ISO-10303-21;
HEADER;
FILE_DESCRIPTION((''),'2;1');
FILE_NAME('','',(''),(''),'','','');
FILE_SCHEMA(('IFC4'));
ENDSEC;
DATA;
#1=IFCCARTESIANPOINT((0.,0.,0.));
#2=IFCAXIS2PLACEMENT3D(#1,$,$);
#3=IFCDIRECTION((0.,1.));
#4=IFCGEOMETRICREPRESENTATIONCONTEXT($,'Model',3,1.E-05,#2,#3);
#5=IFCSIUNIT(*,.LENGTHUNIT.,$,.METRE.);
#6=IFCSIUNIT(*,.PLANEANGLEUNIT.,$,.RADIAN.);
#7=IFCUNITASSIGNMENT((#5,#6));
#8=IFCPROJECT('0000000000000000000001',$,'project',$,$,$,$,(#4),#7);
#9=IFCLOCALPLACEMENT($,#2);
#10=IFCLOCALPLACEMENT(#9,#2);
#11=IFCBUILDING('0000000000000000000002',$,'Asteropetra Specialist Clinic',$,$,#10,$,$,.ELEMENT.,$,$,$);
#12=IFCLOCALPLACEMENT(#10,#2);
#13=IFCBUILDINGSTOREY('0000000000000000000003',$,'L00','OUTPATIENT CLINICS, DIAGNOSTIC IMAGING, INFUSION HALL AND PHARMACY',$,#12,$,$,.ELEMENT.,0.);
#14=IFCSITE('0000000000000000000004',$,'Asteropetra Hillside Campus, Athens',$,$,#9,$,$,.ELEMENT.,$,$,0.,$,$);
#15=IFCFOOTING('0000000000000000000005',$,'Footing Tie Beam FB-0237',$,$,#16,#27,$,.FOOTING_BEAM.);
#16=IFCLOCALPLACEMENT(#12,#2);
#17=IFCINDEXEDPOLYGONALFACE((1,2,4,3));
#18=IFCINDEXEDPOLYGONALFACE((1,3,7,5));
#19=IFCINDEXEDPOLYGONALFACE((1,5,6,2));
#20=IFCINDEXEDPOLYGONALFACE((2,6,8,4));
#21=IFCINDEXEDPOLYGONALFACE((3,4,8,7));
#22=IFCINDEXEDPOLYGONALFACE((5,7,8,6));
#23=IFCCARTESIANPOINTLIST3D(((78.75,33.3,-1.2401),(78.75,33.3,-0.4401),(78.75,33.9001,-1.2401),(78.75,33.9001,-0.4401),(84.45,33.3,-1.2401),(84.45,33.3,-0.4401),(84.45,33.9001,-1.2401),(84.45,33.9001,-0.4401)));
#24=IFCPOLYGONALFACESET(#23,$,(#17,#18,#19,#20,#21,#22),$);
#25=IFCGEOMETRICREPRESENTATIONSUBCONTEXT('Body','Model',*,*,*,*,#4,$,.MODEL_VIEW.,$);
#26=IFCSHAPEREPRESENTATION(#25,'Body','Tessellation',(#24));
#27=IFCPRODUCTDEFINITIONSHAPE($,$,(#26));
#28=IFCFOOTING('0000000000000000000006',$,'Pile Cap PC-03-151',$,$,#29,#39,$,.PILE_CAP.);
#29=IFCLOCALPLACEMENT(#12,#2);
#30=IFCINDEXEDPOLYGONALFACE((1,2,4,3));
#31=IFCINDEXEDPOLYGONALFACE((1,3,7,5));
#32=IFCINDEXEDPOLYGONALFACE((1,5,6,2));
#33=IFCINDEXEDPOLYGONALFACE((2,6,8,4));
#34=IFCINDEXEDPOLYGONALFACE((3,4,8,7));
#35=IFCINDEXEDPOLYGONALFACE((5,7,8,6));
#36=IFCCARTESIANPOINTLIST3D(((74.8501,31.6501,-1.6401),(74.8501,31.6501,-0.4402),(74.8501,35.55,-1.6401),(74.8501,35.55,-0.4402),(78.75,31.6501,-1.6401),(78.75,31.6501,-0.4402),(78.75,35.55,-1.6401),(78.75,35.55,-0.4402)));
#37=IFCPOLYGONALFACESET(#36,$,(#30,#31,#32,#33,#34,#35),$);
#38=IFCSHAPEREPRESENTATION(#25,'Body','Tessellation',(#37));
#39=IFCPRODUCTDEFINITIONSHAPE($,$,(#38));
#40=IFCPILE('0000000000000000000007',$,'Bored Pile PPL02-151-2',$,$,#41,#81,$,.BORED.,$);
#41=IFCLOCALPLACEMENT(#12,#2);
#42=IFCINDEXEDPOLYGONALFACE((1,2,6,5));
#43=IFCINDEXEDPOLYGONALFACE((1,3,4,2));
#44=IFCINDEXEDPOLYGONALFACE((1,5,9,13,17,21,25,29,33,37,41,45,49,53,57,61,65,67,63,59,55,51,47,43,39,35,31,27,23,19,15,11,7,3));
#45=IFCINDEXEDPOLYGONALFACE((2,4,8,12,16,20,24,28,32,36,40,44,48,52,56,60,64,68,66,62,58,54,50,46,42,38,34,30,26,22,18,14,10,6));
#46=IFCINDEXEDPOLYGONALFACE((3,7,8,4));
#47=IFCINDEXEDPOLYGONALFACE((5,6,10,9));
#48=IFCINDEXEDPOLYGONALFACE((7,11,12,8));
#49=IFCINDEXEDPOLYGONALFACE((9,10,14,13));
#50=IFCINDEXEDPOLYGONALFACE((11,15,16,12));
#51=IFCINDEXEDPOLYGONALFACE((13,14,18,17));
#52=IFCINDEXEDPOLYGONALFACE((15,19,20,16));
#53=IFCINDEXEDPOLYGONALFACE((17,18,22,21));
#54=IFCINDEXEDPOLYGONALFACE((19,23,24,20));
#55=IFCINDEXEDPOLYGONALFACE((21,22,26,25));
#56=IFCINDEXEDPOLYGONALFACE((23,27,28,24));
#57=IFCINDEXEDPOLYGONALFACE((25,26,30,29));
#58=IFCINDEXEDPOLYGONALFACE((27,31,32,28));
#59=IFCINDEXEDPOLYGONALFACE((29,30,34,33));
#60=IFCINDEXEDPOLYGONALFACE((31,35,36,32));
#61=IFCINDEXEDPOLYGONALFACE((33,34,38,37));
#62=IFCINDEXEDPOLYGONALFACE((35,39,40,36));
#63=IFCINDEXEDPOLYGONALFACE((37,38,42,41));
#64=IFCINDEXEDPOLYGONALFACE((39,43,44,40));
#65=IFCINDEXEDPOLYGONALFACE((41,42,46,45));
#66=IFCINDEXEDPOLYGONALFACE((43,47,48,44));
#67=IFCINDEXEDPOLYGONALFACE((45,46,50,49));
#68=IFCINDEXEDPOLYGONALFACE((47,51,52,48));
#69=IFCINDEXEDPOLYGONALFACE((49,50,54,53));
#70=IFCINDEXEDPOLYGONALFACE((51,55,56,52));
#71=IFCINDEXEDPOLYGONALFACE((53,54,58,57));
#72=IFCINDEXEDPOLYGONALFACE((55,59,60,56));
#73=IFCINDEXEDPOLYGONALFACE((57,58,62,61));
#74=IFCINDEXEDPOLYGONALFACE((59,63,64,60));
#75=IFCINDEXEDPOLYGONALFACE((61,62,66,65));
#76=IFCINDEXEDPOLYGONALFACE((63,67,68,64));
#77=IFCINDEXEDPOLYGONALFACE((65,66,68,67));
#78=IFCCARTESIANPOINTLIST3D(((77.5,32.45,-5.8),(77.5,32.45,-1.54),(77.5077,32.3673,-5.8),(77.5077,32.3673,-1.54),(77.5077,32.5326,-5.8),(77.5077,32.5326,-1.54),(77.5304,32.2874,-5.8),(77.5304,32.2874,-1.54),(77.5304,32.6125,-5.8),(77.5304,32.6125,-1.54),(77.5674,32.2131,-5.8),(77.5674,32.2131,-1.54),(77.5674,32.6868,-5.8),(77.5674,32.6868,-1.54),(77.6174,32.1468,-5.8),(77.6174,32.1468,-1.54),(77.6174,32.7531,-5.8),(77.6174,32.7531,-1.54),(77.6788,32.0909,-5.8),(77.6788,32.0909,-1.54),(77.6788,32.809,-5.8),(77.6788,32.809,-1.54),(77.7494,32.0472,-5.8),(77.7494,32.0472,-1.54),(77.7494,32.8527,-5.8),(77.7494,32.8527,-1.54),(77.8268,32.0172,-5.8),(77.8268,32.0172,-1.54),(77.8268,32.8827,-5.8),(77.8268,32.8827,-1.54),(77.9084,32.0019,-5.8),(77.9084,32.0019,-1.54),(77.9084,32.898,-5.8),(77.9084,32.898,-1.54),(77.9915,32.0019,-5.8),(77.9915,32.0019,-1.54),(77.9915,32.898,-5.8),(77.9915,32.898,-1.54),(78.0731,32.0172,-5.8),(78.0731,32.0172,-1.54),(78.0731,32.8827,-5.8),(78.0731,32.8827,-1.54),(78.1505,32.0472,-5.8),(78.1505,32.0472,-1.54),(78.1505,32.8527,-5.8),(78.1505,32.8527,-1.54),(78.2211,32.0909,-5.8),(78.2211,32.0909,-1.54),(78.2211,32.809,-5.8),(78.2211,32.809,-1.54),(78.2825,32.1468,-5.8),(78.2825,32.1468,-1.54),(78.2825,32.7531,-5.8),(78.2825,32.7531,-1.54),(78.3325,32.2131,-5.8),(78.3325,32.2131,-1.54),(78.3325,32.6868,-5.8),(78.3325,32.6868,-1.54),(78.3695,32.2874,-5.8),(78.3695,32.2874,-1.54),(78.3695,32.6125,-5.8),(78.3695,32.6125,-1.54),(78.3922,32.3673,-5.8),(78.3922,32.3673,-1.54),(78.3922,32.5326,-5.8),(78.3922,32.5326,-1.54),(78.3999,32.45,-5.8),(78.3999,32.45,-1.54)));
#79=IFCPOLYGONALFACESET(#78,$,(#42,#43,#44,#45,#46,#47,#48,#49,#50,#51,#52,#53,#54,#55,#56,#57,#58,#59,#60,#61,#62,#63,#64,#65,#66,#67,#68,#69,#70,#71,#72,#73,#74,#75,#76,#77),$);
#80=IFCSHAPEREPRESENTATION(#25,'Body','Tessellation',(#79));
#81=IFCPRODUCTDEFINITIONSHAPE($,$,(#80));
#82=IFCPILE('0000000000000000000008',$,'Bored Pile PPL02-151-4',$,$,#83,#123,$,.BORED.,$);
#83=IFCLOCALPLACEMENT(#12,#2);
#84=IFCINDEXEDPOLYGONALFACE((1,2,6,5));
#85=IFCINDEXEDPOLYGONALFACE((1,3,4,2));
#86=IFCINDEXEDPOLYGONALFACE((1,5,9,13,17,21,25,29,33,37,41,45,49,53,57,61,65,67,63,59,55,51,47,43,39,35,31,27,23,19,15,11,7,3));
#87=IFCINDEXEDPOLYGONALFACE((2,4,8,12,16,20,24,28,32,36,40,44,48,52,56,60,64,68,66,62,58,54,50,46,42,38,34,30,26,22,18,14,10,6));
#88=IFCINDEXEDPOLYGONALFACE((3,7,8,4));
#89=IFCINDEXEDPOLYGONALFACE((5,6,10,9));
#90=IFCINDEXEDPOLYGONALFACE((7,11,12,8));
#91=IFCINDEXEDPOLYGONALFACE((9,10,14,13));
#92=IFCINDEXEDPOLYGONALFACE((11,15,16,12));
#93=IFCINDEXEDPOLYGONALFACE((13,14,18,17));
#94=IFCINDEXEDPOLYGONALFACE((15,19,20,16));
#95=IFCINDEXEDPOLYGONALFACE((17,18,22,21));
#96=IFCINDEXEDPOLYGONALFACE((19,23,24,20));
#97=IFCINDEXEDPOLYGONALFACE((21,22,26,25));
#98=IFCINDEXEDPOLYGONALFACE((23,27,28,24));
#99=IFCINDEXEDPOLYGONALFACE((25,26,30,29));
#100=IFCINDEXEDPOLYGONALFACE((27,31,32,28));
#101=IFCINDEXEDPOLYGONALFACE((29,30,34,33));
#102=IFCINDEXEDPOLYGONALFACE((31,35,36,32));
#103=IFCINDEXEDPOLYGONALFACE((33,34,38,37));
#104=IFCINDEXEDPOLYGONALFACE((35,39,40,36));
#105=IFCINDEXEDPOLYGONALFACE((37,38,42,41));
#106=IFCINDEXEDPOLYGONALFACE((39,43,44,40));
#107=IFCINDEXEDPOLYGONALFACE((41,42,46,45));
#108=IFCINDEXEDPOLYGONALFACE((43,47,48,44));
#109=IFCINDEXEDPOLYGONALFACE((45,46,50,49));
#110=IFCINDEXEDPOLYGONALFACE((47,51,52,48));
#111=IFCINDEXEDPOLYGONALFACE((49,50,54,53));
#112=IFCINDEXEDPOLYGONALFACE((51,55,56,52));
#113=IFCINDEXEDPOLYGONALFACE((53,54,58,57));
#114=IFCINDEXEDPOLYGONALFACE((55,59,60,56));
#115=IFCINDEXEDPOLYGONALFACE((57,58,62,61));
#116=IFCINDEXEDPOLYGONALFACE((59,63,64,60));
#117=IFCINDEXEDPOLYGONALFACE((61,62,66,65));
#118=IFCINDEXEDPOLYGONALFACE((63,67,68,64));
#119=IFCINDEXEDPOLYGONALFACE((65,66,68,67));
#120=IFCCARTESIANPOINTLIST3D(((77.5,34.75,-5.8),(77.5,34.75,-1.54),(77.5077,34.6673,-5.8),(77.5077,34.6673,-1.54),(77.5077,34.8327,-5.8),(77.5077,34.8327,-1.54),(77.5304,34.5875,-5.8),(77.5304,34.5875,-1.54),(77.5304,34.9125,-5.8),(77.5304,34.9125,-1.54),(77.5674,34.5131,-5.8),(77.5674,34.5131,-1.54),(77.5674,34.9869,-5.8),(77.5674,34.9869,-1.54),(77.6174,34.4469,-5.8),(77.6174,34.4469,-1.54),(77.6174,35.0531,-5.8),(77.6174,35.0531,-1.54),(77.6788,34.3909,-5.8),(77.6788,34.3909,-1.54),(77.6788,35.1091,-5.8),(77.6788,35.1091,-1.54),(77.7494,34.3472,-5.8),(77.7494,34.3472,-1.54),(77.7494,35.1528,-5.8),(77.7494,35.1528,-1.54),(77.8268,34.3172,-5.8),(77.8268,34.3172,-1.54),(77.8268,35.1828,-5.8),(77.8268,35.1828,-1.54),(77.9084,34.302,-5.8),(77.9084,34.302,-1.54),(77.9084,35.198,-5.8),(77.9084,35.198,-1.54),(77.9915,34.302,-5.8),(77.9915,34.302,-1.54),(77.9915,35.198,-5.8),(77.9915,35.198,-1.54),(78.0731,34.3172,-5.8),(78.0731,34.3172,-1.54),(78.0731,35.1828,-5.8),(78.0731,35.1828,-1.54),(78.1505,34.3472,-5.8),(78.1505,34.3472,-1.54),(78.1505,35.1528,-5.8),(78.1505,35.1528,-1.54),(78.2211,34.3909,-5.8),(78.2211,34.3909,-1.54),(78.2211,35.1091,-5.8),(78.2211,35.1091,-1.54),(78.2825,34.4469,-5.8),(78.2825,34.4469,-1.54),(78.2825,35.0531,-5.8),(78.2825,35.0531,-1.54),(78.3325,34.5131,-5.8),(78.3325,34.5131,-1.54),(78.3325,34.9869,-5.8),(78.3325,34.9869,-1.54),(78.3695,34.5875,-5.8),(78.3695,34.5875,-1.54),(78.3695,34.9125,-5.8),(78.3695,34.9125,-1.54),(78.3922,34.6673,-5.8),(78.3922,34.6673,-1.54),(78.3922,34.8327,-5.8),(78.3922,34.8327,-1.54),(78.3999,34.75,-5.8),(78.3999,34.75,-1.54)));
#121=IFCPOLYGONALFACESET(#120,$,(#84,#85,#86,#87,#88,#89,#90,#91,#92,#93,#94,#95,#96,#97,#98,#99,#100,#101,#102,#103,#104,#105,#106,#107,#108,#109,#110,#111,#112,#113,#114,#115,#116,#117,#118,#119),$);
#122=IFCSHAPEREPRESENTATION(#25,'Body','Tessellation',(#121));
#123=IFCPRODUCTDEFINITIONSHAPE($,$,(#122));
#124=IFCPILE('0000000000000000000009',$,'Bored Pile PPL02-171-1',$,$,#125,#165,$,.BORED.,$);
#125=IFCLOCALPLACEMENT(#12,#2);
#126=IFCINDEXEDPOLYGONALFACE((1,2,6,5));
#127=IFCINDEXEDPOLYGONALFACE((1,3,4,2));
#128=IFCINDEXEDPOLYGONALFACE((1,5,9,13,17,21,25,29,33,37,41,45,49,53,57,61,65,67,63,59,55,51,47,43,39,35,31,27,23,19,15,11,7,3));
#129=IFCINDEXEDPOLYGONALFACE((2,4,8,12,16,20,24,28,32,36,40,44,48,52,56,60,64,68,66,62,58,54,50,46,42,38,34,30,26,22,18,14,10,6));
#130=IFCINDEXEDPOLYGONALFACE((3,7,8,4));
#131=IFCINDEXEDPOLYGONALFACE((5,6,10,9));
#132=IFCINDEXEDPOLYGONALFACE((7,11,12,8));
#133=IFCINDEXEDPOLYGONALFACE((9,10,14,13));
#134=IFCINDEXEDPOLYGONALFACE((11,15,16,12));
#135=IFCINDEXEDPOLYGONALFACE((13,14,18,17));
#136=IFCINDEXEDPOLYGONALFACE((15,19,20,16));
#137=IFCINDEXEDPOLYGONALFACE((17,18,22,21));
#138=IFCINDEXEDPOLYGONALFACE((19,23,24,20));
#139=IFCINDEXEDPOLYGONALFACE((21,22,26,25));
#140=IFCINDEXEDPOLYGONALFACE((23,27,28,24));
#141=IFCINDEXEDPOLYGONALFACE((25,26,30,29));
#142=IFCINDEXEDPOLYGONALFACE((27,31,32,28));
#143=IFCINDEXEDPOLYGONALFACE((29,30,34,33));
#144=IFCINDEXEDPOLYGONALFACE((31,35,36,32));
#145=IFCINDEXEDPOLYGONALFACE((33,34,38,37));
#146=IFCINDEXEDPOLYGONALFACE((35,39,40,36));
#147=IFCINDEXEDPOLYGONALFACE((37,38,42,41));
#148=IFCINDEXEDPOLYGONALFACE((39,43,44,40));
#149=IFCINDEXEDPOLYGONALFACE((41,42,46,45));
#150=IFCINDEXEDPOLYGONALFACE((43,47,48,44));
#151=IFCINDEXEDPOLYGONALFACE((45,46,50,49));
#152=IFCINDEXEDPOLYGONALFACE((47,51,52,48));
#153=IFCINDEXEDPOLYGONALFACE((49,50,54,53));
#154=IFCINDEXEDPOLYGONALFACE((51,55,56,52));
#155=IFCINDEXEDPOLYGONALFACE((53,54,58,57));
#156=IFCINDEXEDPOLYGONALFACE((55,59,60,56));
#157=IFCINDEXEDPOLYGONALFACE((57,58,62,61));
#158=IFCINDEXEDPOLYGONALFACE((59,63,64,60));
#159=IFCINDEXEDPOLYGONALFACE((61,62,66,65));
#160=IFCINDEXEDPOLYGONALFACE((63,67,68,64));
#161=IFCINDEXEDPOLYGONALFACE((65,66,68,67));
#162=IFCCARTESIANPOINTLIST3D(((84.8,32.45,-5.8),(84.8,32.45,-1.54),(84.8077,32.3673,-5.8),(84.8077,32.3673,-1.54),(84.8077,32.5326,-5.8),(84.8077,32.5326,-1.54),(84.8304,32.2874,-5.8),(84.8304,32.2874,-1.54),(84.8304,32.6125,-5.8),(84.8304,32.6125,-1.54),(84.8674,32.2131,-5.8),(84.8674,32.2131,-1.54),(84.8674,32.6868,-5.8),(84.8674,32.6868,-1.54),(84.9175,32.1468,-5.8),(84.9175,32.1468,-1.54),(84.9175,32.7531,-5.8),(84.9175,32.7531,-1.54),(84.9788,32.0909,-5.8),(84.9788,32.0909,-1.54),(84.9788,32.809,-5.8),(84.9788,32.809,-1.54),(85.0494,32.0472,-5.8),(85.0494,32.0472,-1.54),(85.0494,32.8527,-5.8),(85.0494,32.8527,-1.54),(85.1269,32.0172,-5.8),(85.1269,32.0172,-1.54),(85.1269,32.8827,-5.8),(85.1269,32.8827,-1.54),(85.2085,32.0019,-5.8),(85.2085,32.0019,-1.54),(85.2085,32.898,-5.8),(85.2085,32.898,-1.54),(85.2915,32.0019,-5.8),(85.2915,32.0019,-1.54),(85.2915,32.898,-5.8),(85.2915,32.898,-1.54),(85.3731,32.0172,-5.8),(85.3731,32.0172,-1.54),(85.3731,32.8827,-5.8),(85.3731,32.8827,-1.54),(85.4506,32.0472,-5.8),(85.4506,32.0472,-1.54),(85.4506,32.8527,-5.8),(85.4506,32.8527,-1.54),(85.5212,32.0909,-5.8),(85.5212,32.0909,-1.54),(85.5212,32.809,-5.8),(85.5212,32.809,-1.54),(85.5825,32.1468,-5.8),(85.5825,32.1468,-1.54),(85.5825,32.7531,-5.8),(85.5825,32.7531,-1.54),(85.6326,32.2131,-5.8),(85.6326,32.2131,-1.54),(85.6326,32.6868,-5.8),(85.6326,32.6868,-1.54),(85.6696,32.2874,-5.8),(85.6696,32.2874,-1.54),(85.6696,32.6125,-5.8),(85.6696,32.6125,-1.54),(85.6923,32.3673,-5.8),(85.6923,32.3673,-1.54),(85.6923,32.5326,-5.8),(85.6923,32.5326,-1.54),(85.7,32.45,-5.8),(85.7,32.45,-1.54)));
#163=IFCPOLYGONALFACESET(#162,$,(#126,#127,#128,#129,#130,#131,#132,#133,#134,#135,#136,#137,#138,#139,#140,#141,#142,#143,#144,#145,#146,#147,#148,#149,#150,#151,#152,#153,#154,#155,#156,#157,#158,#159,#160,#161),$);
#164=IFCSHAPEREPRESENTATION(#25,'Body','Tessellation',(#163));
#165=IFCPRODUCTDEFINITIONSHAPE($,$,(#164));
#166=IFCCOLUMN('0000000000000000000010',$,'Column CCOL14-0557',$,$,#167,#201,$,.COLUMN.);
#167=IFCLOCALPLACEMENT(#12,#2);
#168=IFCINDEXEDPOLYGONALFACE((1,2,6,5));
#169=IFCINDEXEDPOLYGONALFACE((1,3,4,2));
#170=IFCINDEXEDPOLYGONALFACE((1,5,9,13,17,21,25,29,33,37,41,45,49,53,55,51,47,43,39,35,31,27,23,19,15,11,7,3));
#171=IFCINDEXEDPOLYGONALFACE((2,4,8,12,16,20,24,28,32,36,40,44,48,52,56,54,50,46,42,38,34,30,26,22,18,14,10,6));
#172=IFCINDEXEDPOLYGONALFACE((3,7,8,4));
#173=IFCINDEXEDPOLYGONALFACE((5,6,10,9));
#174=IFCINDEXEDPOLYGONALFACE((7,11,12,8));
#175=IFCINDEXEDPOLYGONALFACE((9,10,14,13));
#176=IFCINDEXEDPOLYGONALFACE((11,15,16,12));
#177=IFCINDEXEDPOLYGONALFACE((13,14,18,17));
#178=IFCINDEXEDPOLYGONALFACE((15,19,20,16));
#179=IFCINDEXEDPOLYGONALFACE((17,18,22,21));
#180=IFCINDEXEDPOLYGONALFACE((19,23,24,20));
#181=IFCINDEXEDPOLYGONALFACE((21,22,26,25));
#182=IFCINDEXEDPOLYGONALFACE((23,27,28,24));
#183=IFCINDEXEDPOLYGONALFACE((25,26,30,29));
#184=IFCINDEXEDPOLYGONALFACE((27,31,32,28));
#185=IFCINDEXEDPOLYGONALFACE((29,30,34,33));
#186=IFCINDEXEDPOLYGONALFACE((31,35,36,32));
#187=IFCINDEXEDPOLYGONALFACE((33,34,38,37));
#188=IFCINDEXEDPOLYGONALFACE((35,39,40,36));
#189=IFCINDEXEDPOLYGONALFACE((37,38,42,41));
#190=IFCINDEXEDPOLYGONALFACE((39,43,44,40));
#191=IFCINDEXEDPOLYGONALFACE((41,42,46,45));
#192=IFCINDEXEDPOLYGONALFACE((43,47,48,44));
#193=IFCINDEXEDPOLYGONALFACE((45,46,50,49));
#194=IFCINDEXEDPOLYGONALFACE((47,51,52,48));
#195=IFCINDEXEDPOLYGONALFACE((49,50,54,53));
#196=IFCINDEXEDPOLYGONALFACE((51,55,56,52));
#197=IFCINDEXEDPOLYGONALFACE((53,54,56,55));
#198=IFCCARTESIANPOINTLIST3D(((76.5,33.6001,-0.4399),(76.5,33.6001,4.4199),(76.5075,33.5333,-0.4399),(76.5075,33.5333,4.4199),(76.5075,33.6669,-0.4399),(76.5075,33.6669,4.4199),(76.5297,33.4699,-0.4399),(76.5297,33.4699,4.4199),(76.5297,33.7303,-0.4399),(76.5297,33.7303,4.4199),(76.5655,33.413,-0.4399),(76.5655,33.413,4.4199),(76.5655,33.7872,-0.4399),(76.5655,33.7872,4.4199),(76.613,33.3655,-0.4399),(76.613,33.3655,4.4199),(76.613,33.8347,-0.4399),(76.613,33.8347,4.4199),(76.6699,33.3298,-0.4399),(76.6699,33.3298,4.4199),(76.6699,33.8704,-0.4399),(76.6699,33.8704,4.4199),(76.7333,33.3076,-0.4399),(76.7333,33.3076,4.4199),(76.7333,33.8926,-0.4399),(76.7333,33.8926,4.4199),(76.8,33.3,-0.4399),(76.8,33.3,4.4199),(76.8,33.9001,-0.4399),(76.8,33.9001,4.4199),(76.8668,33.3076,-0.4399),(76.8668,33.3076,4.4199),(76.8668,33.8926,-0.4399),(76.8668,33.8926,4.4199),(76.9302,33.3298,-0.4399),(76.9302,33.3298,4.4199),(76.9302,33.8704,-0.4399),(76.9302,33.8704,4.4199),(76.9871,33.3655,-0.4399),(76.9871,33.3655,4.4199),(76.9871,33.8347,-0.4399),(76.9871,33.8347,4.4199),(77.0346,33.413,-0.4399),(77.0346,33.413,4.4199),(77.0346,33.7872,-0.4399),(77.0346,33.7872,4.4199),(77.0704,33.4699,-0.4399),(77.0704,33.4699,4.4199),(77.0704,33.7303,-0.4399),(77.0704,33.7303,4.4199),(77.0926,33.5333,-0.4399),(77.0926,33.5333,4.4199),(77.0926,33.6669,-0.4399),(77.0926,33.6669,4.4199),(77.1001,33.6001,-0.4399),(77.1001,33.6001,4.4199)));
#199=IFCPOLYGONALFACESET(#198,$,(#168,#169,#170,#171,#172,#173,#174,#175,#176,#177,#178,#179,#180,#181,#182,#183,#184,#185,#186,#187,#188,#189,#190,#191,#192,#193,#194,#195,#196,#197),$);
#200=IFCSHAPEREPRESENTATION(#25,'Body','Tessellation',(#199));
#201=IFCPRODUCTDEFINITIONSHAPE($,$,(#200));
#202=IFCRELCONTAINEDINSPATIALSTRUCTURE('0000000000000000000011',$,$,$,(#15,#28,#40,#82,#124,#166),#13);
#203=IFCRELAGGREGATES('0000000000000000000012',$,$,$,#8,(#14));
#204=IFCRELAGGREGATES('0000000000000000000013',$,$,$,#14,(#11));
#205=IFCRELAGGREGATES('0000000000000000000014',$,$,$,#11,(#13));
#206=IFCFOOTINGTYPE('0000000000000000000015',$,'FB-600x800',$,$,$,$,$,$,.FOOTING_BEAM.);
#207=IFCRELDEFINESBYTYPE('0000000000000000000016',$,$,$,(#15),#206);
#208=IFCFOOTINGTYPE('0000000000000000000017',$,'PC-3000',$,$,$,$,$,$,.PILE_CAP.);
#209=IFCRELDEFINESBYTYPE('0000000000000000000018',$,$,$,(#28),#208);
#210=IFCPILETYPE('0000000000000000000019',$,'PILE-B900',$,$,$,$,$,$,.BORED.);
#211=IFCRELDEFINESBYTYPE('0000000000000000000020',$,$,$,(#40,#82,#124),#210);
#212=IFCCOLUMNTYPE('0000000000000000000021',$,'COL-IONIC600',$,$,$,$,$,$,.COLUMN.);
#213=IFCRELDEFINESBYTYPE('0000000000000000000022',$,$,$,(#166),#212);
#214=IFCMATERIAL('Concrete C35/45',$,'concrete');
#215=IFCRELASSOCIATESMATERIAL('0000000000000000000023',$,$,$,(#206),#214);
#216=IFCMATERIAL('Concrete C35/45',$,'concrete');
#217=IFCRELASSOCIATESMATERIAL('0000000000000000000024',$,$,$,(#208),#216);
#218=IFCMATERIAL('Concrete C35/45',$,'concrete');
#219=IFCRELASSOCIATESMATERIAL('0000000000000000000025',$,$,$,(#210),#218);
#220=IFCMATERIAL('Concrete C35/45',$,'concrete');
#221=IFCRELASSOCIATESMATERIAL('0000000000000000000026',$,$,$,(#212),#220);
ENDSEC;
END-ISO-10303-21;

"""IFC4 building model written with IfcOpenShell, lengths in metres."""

from ifc_helpers import new_model, si_unit, direction, frame, origin, origin_2d, place, context, subcontext, project, spatial, rectangle, circle, extrude, material, material_profile, profile_set, type_object, element, save


model = new_model("IFC4")

# Units and contexts
model_context = context("Model", 3, precision=1e-05, world=origin(), true_north=direction((0.0, 1.0)))
body_context = subcontext(model_context, "Body", "Model", "MODEL_VIEW")
ifc_project = project(units=[si_unit("LENGTHUNIT", "METRE"), si_unit("PLANEANGLEUNIT", "RADIAN")], contexts=[model_context])

# Site, building, storey
site_placement = place(None, origin())
site = spatial("IfcSite", under=ifc_project, at=site_placement, Name="Asteropetra Hillside Campus, Athens", CompositionType="ELEMENT", RefElevation=0.0)
building_placement = place(site_placement, origin())
building = spatial("IfcBuilding", under=site, at=building_placement, Name="Asteropetra Specialist Clinic", CompositionType="ELEMENT")
storey_placement = place(building_placement, origin())
storey = spatial("IfcBuildingStorey", under=building, at=storey_placement, Name="L00", Description="OUTPATIENT CLINICS, DIAGNOSTIC IMAGING, INFUSION HALL AND PHARMACY", CompositionType="ELEMENT", Elevation=0.0)

# Footings
ifc_material_1 = material(Name="Concrete C35/45", Category="concrete")
ifc_material_profile_1 = material_profile(ifc_material_1, rectangle(XDim=0.6001, YDim=0.8, at=origin_2d()), Name="FB 600x800")
ifc_profile_set_1 = profile_set([ifc_material_profile_1], Name="Concrete C35/45")
footing_type_1 = type_object("IfcFootingType", Name="FB-600x800", PredefinedType="FOOTING_BEAM", material=ifc_profile_set_1)
footing_1_placement = place(storey_placement, frame((78.75, 33.6001, -0.8401), z_axis=(1.0, 0.0, 0.0), x_axis=(0.0, 1.0, 0.0)))
element("IfcFooting", 1, at=footing_1_placement, inside=storey, type_object=footing_type_1, Name="Footing Tie Beam FB-0237", PredefinedType="FOOTING_BEAM", context=body_context, shape_type="SweptSolid", body=[
    extrude(rectangle(XDim=0.6001, YDim=0.8, at=origin_2d()), origin(), (0.0, 0.0, 1.0), 5.7),
])
ifc_material_2 = material(Name="Concrete C35/45", Category="concrete")
footing_type_2 = type_object("IfcFootingType", Name="PC-3000", PredefinedType="PILE_CAP", material=ifc_material_2)
footing_2_placement = place(storey_placement, frame((76.8, 33.6001, -1.6401), z_axis=(0.0, 0.0, 1.0), x_axis=(1.0, 0.0, 0.0)))
element("IfcFooting", 2, at=footing_2_placement, inside=storey, type_object=footing_type_2, Name="Pile Cap PC-03-151", PredefinedType="PILE_CAP", context=body_context, shape_type="SweptSolid", body=[
    extrude(rectangle(XDim=3.8999, YDim=3.8999, at=origin_2d()), origin(), (0.0, 0.0, 1.0), 1.2),
])

# Piles
ifc_material_3 = material(Name="Concrete C35/45", Category="concrete")
ifc_material_profile_2 = material_profile(ifc_material_3, circle(Radius=0.45, at=origin_2d()), Name="PILE D900")
ifc_profile_set_2 = profile_set([ifc_material_profile_2], Name="Concrete C35/45")
pile_type = type_object("IfcPileType", Name="PILE-B900", PredefinedType="BORED", material=ifc_profile_set_2)
for number, where, z_axis, x_axis, name in (
    (3, (77.95, 32.45, -1.54), (0.0, 0.0, -1.0), (1.0, 0.0, 0.0), "Bored Pile PPL02-151-2"),
    (4, (77.95, 34.75, -1.54), (0.0, 0.0, -1.0), (1.0, 0.0, 0.0), "Bored Pile PPL02-151-4"),
    (5, (85.25, 32.45, -1.54), (0.0, 0.0, -1.0), (1.0, 0.0, 0.0), "Bored Pile PPL02-171-1"),
):
    element("IfcPile", number, at=place(storey_placement, frame(where, z_axis=z_axis, x_axis=x_axis)), inside=storey, type_object=pile_type, Name=name, PredefinedType="BORED", context=body_context, shape_type="SweptSolid", body=[
        extrude(circle(Radius=0.45, at=origin_2d()), origin(), (0.0, 0.0, 1.0), 4.26),
    ])

# Column
ifc_material_4 = material(Name="Concrete C35/45", Category="concrete")
ifc_material_profile_3 = material_profile(ifc_material_4, circle(Radius=0.3, at=origin_2d()), Name="RCC D600")
ifc_profile_set_3 = profile_set([ifc_material_profile_3], Name="Concrete C35/45")
column_type = type_object("IfcColumnType", Name="COL-IONIC600", PredefinedType="COLUMN", material=ifc_profile_set_3)
column_placement = place(storey_placement, frame((76.8, 33.6001, -0.4399), z_axis=(0.0, 0.0, 1.0), x_axis=(1.0, 0.0, 0.0)))
element("IfcColumn", 6, at=column_placement, inside=storey, type_object=column_type, Name="Column CCOL14-0557", PredefinedType="COLUMN", context=body_context, shape_type="SweptSolid", body=[
    extrude(circle(Radius=0.3, at=origin_2d()), origin(), (0.0, 0.0, 1.0), 4.8599),
])

save(model, "model.ifc")
